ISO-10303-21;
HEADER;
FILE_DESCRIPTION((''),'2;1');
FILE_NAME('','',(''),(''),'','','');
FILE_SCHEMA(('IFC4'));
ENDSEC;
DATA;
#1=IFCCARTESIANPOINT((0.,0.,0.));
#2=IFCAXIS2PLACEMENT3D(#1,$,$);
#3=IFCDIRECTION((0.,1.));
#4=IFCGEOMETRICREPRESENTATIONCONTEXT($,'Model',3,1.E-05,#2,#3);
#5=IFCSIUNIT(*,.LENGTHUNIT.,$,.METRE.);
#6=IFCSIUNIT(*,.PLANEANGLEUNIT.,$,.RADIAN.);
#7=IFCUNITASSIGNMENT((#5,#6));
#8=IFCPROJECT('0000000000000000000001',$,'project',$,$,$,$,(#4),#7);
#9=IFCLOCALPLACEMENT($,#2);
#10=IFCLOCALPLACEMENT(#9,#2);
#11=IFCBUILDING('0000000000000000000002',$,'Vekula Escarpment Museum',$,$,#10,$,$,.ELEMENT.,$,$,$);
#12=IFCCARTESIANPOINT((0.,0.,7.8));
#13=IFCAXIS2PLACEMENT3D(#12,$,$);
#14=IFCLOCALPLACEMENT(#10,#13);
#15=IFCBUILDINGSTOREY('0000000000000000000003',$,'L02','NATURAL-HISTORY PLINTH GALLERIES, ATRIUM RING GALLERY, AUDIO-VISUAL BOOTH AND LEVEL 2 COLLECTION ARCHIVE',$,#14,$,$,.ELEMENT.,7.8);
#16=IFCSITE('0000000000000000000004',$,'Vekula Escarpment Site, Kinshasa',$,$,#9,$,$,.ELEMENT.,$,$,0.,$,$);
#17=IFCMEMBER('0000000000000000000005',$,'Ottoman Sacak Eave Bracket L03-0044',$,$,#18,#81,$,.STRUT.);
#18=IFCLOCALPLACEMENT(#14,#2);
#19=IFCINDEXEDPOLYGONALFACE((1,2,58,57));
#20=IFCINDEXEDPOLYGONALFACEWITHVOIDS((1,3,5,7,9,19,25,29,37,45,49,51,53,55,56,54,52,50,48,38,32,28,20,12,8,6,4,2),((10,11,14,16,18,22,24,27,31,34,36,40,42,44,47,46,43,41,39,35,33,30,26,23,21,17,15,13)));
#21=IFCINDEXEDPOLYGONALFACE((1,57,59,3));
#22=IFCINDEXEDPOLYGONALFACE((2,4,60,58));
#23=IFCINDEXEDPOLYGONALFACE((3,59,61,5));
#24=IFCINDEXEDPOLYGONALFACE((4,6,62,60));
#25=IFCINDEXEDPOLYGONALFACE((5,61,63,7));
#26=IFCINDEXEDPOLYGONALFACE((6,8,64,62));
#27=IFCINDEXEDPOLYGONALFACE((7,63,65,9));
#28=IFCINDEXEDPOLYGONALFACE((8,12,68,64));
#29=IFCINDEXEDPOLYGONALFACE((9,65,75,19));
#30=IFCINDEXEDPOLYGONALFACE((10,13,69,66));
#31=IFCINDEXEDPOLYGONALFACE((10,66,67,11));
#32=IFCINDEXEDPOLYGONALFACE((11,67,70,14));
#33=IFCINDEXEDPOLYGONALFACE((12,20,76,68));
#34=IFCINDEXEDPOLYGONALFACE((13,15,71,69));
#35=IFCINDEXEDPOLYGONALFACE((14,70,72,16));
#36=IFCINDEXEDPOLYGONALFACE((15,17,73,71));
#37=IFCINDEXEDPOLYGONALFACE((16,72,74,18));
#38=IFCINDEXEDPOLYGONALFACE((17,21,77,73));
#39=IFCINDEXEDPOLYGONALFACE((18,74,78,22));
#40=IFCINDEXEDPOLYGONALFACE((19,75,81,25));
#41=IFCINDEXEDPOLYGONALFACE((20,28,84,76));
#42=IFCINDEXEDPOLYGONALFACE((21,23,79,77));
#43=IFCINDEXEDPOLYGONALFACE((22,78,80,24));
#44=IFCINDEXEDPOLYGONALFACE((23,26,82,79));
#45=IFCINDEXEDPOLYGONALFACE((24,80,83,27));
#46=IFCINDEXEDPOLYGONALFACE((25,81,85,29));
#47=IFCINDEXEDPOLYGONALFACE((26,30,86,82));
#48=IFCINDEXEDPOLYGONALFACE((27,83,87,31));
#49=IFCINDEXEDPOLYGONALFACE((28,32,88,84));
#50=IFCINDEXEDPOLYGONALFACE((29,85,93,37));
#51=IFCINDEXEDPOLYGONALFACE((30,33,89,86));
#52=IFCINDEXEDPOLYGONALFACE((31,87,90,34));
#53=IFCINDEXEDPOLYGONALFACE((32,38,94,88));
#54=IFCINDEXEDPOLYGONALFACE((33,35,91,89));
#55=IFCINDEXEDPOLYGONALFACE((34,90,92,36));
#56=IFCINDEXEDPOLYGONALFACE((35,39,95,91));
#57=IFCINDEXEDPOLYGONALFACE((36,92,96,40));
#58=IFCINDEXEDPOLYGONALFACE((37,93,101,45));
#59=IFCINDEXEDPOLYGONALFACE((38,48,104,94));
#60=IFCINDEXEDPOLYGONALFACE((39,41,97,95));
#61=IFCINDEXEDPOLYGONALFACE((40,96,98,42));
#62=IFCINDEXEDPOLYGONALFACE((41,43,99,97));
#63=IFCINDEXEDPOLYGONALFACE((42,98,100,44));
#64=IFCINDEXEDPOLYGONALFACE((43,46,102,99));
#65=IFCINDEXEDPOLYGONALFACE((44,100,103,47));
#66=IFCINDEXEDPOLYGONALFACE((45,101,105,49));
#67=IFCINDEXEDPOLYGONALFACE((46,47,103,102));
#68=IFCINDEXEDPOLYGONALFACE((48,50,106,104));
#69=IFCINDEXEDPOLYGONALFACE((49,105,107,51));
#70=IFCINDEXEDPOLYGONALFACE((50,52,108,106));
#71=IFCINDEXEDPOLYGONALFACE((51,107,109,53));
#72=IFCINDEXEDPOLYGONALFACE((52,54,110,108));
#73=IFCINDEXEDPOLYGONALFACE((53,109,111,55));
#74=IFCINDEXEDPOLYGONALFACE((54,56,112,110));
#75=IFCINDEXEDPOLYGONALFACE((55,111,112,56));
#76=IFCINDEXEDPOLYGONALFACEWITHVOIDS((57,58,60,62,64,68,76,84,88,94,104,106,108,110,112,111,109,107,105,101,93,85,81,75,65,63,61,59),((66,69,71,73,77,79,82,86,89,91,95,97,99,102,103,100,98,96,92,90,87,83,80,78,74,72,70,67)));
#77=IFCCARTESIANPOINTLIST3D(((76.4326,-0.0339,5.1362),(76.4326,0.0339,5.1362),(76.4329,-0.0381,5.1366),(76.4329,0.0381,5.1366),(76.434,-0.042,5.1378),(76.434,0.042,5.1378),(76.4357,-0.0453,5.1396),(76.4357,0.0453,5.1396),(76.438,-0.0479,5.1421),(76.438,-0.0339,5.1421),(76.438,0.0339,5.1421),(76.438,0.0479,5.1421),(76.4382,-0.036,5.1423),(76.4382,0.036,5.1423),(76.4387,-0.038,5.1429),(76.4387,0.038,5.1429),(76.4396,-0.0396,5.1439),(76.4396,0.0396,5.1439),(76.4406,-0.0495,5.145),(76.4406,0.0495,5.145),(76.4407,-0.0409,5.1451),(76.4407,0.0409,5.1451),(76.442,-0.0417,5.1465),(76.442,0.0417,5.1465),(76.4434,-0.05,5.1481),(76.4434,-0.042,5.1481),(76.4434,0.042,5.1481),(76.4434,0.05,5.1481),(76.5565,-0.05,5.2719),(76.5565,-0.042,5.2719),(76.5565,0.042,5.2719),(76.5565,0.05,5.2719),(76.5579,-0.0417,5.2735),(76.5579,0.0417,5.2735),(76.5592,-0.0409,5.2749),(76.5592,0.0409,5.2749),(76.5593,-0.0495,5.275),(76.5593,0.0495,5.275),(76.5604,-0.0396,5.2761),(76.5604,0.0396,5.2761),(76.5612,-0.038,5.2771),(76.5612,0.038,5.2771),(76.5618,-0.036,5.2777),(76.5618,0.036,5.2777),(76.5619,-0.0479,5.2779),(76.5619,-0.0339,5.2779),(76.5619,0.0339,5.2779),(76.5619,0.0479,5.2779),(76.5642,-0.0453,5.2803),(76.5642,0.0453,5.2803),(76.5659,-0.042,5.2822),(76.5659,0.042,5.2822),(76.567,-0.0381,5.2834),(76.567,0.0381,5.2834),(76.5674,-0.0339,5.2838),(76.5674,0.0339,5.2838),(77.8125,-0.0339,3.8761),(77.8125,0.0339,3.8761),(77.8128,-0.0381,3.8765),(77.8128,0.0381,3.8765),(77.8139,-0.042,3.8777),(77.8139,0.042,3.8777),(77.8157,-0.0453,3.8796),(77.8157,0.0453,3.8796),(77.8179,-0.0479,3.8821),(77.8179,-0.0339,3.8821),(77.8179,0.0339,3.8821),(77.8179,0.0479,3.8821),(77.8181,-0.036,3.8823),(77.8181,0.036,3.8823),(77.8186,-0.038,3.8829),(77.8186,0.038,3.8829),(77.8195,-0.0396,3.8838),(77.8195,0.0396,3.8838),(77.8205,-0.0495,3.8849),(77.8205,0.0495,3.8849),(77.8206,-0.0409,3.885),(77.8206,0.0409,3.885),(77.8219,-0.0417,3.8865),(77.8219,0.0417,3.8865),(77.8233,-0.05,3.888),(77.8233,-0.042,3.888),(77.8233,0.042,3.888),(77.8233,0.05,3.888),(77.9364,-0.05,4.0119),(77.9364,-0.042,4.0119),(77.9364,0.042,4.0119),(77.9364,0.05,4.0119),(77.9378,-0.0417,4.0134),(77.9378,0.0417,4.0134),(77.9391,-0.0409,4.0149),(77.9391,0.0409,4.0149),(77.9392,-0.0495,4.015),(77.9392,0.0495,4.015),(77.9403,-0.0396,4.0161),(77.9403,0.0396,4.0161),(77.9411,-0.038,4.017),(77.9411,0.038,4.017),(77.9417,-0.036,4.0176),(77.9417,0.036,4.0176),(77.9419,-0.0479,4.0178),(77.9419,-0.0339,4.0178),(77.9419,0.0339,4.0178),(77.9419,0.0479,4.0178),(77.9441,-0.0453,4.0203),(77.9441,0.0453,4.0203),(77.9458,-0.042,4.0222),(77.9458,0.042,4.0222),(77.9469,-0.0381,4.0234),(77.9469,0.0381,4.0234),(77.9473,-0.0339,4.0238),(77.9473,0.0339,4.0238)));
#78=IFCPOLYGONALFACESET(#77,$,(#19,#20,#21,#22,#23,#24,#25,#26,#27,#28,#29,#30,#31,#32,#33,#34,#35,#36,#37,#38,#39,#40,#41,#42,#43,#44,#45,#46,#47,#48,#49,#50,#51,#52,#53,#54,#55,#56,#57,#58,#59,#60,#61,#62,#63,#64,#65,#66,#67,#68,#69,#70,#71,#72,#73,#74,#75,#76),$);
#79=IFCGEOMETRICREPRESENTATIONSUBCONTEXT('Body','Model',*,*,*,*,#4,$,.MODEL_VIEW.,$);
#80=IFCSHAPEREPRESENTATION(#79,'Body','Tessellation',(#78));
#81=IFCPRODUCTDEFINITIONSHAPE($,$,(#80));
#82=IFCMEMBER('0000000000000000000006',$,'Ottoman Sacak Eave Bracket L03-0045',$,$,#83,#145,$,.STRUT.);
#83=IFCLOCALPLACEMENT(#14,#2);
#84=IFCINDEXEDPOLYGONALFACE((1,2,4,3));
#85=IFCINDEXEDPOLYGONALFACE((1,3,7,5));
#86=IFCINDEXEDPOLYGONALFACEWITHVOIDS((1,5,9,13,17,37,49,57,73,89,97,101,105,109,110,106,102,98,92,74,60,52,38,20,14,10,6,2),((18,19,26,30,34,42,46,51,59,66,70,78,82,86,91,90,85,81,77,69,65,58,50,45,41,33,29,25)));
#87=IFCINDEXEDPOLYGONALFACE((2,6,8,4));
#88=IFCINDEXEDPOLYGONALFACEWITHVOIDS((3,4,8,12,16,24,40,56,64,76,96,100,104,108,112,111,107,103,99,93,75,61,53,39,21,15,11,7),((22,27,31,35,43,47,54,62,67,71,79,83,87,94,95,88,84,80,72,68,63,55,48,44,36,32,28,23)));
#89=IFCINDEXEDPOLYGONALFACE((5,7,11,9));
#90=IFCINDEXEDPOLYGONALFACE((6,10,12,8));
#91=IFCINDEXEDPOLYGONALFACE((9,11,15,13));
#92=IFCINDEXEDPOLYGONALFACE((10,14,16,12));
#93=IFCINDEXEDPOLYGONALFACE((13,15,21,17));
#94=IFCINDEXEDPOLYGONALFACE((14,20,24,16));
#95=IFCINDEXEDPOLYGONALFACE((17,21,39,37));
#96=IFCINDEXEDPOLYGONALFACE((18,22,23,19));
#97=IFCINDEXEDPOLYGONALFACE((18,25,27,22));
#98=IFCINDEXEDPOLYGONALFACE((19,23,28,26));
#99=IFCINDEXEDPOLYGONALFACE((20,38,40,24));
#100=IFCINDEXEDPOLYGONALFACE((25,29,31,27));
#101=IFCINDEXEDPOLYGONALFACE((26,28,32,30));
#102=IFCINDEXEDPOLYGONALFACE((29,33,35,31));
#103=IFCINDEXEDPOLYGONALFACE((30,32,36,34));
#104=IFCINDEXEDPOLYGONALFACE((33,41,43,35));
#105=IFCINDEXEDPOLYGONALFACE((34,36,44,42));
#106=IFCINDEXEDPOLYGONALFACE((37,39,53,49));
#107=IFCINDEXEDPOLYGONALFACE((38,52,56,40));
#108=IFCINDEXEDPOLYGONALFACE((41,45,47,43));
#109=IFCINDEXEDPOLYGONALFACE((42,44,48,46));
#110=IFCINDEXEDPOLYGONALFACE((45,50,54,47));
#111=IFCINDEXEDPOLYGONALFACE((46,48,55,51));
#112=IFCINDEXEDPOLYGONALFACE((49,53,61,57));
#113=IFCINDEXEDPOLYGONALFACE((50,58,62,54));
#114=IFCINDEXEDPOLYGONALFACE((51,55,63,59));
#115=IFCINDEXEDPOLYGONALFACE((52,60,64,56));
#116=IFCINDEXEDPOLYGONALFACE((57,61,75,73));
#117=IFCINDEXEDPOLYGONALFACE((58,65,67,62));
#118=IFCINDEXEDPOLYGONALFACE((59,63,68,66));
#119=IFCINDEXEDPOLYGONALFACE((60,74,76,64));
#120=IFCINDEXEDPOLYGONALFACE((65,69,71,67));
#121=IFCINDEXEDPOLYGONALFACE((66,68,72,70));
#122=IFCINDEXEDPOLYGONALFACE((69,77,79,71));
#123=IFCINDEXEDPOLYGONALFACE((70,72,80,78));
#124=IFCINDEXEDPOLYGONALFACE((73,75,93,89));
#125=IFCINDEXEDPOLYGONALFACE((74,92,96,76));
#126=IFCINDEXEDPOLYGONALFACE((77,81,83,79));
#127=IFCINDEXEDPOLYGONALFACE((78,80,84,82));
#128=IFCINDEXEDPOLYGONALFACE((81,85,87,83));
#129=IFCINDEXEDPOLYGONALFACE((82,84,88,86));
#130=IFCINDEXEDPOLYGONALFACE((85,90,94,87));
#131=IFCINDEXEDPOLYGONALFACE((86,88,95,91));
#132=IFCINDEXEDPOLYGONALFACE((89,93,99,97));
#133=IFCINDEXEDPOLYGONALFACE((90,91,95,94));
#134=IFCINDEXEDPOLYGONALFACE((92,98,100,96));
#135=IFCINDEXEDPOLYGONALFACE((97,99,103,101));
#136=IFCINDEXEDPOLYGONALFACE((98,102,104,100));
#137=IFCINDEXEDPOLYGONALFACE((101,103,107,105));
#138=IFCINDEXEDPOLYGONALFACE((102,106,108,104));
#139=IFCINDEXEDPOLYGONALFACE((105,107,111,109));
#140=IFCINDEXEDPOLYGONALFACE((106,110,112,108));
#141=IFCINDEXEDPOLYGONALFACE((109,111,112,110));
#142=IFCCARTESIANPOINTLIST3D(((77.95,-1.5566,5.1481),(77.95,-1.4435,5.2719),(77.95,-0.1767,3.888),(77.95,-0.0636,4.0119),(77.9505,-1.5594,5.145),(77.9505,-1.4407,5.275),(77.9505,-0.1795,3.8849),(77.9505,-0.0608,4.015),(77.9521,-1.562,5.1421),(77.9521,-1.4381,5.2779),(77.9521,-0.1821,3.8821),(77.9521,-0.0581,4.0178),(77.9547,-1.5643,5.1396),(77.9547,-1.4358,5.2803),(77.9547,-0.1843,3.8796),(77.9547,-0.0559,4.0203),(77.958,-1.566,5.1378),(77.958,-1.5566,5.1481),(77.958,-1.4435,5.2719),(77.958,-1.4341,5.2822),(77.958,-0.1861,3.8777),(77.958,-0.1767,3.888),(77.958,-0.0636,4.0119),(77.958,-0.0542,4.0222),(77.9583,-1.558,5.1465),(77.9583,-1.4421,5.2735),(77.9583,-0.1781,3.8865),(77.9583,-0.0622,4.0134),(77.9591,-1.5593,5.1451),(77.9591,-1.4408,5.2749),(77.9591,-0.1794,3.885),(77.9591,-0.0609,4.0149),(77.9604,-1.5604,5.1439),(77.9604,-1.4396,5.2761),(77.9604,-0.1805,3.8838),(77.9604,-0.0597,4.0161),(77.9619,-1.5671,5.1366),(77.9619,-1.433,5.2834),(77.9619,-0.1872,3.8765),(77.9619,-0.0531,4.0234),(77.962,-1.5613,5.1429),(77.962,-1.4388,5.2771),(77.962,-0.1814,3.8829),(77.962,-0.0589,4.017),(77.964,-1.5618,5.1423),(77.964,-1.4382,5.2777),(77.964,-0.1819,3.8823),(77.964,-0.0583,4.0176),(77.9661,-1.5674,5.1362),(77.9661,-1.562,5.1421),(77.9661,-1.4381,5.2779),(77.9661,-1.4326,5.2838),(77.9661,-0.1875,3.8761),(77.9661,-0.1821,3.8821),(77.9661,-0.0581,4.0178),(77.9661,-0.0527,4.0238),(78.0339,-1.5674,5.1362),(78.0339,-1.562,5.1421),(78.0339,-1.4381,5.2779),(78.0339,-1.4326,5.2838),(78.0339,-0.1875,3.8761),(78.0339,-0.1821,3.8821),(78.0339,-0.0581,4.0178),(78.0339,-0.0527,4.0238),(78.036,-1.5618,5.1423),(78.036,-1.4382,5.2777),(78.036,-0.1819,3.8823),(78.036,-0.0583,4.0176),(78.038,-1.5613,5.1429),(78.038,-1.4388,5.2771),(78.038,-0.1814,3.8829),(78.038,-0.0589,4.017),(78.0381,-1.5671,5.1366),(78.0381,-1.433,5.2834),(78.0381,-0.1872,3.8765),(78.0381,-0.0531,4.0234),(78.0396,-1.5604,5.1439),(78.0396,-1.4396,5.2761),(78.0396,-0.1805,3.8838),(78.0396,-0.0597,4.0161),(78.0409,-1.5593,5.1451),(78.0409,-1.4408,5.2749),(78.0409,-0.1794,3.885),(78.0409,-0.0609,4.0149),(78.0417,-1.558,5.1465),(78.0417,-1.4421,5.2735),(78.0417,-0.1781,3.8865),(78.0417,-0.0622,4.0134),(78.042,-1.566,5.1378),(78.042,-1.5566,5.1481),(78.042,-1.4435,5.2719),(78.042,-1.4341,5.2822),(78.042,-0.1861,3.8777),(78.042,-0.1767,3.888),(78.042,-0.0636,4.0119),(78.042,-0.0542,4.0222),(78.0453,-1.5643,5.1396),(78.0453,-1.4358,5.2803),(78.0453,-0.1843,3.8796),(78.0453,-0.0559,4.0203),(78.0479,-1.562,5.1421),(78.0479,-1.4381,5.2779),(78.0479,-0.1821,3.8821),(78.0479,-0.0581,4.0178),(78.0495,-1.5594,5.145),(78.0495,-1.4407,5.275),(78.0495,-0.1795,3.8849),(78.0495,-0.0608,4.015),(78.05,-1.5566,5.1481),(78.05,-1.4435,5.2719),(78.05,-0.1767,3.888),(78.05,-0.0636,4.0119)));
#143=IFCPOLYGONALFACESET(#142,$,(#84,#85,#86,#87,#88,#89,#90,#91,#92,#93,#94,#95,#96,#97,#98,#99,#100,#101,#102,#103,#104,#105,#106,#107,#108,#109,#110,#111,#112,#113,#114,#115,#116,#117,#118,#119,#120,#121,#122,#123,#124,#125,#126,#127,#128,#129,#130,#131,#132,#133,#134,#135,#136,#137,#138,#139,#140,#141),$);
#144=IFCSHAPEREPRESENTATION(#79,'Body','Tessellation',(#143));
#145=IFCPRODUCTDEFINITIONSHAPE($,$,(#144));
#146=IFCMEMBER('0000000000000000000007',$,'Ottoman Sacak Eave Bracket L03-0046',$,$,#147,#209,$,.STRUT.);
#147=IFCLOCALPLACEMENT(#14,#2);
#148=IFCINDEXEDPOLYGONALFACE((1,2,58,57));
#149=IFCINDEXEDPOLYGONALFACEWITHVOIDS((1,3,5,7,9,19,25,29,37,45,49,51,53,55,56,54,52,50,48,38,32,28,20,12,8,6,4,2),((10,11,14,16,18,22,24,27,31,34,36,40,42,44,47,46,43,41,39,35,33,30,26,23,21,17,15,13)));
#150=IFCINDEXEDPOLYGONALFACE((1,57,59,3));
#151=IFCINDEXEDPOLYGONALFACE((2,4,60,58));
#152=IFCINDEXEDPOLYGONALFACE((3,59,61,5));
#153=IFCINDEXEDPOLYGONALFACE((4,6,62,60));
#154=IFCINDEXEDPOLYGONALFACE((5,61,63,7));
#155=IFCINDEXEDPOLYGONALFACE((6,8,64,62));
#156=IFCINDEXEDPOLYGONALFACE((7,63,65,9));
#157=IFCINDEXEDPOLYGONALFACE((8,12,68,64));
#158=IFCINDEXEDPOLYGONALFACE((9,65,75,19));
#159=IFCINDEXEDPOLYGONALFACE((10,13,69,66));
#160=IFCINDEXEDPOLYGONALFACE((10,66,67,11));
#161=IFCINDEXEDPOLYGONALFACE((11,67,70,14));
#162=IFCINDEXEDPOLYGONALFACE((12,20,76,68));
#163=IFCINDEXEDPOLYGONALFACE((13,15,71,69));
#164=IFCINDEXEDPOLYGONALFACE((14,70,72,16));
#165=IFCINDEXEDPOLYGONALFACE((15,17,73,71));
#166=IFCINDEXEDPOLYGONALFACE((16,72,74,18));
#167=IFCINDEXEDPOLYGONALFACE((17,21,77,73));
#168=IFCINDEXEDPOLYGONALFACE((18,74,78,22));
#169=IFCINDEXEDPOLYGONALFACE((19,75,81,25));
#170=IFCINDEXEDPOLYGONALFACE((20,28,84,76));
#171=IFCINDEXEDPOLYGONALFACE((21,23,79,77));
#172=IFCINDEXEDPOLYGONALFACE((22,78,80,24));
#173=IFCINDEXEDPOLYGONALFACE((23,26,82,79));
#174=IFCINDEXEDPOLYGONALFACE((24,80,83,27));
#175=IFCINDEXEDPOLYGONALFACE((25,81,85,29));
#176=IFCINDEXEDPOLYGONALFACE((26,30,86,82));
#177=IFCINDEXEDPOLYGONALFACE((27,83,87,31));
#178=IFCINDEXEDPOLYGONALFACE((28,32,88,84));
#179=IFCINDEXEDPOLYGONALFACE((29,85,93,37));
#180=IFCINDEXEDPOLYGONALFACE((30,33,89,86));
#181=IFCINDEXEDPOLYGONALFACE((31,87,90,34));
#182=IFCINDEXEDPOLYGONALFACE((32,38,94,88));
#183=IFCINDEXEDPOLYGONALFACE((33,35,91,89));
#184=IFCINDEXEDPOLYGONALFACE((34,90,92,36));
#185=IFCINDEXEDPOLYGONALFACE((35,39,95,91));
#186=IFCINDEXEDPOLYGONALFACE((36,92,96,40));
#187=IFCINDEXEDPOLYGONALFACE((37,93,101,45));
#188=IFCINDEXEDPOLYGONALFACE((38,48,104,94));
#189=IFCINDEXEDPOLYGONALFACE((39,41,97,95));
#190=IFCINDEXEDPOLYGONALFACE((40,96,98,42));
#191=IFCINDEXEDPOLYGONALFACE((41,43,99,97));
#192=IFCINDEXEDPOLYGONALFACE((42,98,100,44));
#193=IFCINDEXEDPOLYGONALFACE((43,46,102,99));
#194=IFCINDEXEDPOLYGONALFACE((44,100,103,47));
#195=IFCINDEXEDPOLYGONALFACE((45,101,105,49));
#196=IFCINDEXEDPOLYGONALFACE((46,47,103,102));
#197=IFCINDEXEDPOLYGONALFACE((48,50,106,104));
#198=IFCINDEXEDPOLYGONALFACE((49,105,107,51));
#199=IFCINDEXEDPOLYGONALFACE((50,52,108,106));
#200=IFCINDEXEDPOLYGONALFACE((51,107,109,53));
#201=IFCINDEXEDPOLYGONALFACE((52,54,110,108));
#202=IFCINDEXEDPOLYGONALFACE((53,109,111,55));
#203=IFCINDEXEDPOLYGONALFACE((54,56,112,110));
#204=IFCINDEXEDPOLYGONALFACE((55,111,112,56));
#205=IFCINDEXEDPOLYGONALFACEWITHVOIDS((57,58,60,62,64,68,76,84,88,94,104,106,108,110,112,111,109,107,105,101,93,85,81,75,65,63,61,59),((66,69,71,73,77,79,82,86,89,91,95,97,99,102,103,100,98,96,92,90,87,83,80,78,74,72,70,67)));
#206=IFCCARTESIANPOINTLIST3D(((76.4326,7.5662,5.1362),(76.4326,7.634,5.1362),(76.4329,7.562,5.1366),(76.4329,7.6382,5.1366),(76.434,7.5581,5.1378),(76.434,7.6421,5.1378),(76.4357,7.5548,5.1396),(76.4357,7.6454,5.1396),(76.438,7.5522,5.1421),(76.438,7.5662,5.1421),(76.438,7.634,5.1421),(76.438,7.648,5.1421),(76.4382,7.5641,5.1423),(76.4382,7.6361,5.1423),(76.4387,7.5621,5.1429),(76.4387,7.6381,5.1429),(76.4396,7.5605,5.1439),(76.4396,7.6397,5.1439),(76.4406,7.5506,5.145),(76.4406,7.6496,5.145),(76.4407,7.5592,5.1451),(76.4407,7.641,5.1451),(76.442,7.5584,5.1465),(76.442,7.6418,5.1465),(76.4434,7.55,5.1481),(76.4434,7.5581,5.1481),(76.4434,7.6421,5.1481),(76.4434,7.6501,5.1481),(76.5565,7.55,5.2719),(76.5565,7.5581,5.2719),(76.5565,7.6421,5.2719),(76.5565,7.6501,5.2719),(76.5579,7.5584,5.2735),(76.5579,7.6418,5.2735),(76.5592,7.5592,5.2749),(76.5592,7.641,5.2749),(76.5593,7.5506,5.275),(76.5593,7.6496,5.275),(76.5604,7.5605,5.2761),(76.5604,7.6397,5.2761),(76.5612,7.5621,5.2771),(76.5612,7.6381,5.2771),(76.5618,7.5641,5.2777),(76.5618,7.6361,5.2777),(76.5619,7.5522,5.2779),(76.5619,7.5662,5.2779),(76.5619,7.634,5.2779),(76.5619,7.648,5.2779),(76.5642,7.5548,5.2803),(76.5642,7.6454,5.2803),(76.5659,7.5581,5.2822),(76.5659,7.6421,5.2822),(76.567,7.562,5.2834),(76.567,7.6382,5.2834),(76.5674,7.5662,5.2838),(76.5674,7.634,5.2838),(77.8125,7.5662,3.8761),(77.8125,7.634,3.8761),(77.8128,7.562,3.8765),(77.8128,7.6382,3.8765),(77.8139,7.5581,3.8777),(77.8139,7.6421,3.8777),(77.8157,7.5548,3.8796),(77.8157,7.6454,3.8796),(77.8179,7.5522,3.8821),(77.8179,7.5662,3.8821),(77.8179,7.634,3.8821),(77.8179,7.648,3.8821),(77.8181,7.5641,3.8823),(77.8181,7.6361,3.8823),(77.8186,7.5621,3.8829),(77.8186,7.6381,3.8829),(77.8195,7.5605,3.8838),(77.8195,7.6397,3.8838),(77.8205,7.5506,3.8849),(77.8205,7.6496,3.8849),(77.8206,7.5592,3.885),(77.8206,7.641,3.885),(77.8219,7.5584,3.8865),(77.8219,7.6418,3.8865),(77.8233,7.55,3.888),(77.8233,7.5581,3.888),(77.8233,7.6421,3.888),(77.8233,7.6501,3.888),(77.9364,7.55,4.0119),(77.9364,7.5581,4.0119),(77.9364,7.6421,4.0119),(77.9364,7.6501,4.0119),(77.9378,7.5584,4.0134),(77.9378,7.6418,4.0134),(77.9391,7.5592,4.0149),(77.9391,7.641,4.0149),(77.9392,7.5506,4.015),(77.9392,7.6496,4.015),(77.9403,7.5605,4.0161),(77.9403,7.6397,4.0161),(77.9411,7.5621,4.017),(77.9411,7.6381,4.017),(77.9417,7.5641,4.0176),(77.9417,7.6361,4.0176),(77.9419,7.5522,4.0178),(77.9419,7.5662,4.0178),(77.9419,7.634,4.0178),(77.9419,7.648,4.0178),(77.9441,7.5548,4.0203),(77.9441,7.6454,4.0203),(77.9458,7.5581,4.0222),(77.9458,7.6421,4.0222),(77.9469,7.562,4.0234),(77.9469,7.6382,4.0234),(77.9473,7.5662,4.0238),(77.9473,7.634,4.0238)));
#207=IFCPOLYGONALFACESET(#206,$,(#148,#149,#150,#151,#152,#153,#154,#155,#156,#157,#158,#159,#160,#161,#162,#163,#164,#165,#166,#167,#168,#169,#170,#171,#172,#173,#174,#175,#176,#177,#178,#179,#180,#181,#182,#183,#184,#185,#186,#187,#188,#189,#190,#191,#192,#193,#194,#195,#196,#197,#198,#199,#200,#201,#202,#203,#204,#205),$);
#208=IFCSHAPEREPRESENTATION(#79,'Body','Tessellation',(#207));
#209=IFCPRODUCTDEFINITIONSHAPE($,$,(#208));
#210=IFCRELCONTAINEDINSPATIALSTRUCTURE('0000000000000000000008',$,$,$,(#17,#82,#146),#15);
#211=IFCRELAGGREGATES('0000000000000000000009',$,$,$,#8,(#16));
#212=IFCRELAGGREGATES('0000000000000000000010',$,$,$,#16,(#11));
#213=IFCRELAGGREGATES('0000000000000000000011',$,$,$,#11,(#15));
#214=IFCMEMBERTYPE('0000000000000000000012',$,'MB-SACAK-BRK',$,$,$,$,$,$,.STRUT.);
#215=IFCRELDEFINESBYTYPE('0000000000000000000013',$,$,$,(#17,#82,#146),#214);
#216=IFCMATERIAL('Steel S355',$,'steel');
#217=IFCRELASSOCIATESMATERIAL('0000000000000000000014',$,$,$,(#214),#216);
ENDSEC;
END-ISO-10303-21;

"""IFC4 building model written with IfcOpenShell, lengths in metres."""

from ifc_helpers import new_model, si_unit, direction, frame, origin, origin_2d, place, context, subcontext, project, spatial, hollow_rectangle, extrude, material, material_profile, profile_set, type_object, element, save


model = new_model("IFC4")

# Units and contexts
model_context = context("Model", 3, precision=1e-05, world=origin(), true_north=direction((0.0, 1.0)))
body_context = subcontext(model_context, "Body", "Model", "MODEL_VIEW")
ifc_project = project(units=[si_unit("LENGTHUNIT", "METRE"), si_unit("PLANEANGLEUNIT", "RADIAN")], contexts=[model_context])

# Site, building, storey
site_placement = place(None, origin())
site = spatial("IfcSite", under=ifc_project, at=site_placement, Name="Vekula Escarpment Site, Kinshasa", CompositionType="ELEMENT", RefElevation=0.0)
building_placement = place(site_placement, origin())
building = spatial("IfcBuilding", under=site, at=building_placement, Name="Vekula Escarpment Museum", CompositionType="ELEMENT")
storey_placement = place(building_placement, frame((0.0, 0.0, 7.8)))
storey = spatial("IfcBuildingStorey", under=building, at=storey_placement, Name="L02", Description="NATURAL-HISTORY PLINTH GALLERIES, ATRIUM RING GALLERY, AUDIO-VISUAL BOOTH AND LEVEL 2 COLLECTION ARCHIVE", CompositionType="ELEMENT", Elevation=7.8)

# Members
ifc_material_1 = material(Name="Steel S355", Category="steel")
ifc_material_profile_1 = material_profile(ifc_material_1, hollow_rectangle(XDim=0.1001, YDim=0.2, WallThickness=0.0081, InnerFilletRadius=0.0081, OuterFilletRadius=0.0161, at=origin_2d()), Name="RHS 200x100x8")
ifc_profile_set_1 = profile_set([ifc_material_profile_1], Name="Steel S355")
member_type = type_object("IfcMemberType", Name="MB-SACAK-BRK", PredefinedType="STRUT", material=ifc_profile_set_1)
for number, where, z_axis, x_axis, name in (
    (1, (77.8799, 0.0, 3.95), (-0.738454, 0.0, 0.674303), (0.0, -1.0, 0.0), "Ottoman Sacak Eave Bracket L03-0044"),
    (2, (78.0, -0.1201, 3.95), (0.0, -0.738454, 0.674303), (1.0, 0.0, 0.0), "Ottoman Sacak Eave Bracket L03-0045"),
    (3, (77.8799, 7.6001, 3.95), (-0.738454, 0.0, 0.674303), (0.0, -1.0, 0.0), "Ottoman Sacak Eave Bracket L03-0046"),
):
    element("IfcMember", number, at=place(storey_placement, frame(where, z_axis=z_axis, x_axis=x_axis)), inside=storey, type_object=member_type, Name=name, PredefinedType="STRUT", context=body_context, shape_type="SweptSolid", body=[
        extrude(hollow_rectangle(XDim=0.1001, YDim=0.2, WallThickness=0.0081, InnerFilletRadius=0.0081, OuterFilletRadius=0.0161, at=origin_2d()), origin(), (0.0, 0.0, 1.0), 1.8687),
    ])

save(model, "model.ifc")
